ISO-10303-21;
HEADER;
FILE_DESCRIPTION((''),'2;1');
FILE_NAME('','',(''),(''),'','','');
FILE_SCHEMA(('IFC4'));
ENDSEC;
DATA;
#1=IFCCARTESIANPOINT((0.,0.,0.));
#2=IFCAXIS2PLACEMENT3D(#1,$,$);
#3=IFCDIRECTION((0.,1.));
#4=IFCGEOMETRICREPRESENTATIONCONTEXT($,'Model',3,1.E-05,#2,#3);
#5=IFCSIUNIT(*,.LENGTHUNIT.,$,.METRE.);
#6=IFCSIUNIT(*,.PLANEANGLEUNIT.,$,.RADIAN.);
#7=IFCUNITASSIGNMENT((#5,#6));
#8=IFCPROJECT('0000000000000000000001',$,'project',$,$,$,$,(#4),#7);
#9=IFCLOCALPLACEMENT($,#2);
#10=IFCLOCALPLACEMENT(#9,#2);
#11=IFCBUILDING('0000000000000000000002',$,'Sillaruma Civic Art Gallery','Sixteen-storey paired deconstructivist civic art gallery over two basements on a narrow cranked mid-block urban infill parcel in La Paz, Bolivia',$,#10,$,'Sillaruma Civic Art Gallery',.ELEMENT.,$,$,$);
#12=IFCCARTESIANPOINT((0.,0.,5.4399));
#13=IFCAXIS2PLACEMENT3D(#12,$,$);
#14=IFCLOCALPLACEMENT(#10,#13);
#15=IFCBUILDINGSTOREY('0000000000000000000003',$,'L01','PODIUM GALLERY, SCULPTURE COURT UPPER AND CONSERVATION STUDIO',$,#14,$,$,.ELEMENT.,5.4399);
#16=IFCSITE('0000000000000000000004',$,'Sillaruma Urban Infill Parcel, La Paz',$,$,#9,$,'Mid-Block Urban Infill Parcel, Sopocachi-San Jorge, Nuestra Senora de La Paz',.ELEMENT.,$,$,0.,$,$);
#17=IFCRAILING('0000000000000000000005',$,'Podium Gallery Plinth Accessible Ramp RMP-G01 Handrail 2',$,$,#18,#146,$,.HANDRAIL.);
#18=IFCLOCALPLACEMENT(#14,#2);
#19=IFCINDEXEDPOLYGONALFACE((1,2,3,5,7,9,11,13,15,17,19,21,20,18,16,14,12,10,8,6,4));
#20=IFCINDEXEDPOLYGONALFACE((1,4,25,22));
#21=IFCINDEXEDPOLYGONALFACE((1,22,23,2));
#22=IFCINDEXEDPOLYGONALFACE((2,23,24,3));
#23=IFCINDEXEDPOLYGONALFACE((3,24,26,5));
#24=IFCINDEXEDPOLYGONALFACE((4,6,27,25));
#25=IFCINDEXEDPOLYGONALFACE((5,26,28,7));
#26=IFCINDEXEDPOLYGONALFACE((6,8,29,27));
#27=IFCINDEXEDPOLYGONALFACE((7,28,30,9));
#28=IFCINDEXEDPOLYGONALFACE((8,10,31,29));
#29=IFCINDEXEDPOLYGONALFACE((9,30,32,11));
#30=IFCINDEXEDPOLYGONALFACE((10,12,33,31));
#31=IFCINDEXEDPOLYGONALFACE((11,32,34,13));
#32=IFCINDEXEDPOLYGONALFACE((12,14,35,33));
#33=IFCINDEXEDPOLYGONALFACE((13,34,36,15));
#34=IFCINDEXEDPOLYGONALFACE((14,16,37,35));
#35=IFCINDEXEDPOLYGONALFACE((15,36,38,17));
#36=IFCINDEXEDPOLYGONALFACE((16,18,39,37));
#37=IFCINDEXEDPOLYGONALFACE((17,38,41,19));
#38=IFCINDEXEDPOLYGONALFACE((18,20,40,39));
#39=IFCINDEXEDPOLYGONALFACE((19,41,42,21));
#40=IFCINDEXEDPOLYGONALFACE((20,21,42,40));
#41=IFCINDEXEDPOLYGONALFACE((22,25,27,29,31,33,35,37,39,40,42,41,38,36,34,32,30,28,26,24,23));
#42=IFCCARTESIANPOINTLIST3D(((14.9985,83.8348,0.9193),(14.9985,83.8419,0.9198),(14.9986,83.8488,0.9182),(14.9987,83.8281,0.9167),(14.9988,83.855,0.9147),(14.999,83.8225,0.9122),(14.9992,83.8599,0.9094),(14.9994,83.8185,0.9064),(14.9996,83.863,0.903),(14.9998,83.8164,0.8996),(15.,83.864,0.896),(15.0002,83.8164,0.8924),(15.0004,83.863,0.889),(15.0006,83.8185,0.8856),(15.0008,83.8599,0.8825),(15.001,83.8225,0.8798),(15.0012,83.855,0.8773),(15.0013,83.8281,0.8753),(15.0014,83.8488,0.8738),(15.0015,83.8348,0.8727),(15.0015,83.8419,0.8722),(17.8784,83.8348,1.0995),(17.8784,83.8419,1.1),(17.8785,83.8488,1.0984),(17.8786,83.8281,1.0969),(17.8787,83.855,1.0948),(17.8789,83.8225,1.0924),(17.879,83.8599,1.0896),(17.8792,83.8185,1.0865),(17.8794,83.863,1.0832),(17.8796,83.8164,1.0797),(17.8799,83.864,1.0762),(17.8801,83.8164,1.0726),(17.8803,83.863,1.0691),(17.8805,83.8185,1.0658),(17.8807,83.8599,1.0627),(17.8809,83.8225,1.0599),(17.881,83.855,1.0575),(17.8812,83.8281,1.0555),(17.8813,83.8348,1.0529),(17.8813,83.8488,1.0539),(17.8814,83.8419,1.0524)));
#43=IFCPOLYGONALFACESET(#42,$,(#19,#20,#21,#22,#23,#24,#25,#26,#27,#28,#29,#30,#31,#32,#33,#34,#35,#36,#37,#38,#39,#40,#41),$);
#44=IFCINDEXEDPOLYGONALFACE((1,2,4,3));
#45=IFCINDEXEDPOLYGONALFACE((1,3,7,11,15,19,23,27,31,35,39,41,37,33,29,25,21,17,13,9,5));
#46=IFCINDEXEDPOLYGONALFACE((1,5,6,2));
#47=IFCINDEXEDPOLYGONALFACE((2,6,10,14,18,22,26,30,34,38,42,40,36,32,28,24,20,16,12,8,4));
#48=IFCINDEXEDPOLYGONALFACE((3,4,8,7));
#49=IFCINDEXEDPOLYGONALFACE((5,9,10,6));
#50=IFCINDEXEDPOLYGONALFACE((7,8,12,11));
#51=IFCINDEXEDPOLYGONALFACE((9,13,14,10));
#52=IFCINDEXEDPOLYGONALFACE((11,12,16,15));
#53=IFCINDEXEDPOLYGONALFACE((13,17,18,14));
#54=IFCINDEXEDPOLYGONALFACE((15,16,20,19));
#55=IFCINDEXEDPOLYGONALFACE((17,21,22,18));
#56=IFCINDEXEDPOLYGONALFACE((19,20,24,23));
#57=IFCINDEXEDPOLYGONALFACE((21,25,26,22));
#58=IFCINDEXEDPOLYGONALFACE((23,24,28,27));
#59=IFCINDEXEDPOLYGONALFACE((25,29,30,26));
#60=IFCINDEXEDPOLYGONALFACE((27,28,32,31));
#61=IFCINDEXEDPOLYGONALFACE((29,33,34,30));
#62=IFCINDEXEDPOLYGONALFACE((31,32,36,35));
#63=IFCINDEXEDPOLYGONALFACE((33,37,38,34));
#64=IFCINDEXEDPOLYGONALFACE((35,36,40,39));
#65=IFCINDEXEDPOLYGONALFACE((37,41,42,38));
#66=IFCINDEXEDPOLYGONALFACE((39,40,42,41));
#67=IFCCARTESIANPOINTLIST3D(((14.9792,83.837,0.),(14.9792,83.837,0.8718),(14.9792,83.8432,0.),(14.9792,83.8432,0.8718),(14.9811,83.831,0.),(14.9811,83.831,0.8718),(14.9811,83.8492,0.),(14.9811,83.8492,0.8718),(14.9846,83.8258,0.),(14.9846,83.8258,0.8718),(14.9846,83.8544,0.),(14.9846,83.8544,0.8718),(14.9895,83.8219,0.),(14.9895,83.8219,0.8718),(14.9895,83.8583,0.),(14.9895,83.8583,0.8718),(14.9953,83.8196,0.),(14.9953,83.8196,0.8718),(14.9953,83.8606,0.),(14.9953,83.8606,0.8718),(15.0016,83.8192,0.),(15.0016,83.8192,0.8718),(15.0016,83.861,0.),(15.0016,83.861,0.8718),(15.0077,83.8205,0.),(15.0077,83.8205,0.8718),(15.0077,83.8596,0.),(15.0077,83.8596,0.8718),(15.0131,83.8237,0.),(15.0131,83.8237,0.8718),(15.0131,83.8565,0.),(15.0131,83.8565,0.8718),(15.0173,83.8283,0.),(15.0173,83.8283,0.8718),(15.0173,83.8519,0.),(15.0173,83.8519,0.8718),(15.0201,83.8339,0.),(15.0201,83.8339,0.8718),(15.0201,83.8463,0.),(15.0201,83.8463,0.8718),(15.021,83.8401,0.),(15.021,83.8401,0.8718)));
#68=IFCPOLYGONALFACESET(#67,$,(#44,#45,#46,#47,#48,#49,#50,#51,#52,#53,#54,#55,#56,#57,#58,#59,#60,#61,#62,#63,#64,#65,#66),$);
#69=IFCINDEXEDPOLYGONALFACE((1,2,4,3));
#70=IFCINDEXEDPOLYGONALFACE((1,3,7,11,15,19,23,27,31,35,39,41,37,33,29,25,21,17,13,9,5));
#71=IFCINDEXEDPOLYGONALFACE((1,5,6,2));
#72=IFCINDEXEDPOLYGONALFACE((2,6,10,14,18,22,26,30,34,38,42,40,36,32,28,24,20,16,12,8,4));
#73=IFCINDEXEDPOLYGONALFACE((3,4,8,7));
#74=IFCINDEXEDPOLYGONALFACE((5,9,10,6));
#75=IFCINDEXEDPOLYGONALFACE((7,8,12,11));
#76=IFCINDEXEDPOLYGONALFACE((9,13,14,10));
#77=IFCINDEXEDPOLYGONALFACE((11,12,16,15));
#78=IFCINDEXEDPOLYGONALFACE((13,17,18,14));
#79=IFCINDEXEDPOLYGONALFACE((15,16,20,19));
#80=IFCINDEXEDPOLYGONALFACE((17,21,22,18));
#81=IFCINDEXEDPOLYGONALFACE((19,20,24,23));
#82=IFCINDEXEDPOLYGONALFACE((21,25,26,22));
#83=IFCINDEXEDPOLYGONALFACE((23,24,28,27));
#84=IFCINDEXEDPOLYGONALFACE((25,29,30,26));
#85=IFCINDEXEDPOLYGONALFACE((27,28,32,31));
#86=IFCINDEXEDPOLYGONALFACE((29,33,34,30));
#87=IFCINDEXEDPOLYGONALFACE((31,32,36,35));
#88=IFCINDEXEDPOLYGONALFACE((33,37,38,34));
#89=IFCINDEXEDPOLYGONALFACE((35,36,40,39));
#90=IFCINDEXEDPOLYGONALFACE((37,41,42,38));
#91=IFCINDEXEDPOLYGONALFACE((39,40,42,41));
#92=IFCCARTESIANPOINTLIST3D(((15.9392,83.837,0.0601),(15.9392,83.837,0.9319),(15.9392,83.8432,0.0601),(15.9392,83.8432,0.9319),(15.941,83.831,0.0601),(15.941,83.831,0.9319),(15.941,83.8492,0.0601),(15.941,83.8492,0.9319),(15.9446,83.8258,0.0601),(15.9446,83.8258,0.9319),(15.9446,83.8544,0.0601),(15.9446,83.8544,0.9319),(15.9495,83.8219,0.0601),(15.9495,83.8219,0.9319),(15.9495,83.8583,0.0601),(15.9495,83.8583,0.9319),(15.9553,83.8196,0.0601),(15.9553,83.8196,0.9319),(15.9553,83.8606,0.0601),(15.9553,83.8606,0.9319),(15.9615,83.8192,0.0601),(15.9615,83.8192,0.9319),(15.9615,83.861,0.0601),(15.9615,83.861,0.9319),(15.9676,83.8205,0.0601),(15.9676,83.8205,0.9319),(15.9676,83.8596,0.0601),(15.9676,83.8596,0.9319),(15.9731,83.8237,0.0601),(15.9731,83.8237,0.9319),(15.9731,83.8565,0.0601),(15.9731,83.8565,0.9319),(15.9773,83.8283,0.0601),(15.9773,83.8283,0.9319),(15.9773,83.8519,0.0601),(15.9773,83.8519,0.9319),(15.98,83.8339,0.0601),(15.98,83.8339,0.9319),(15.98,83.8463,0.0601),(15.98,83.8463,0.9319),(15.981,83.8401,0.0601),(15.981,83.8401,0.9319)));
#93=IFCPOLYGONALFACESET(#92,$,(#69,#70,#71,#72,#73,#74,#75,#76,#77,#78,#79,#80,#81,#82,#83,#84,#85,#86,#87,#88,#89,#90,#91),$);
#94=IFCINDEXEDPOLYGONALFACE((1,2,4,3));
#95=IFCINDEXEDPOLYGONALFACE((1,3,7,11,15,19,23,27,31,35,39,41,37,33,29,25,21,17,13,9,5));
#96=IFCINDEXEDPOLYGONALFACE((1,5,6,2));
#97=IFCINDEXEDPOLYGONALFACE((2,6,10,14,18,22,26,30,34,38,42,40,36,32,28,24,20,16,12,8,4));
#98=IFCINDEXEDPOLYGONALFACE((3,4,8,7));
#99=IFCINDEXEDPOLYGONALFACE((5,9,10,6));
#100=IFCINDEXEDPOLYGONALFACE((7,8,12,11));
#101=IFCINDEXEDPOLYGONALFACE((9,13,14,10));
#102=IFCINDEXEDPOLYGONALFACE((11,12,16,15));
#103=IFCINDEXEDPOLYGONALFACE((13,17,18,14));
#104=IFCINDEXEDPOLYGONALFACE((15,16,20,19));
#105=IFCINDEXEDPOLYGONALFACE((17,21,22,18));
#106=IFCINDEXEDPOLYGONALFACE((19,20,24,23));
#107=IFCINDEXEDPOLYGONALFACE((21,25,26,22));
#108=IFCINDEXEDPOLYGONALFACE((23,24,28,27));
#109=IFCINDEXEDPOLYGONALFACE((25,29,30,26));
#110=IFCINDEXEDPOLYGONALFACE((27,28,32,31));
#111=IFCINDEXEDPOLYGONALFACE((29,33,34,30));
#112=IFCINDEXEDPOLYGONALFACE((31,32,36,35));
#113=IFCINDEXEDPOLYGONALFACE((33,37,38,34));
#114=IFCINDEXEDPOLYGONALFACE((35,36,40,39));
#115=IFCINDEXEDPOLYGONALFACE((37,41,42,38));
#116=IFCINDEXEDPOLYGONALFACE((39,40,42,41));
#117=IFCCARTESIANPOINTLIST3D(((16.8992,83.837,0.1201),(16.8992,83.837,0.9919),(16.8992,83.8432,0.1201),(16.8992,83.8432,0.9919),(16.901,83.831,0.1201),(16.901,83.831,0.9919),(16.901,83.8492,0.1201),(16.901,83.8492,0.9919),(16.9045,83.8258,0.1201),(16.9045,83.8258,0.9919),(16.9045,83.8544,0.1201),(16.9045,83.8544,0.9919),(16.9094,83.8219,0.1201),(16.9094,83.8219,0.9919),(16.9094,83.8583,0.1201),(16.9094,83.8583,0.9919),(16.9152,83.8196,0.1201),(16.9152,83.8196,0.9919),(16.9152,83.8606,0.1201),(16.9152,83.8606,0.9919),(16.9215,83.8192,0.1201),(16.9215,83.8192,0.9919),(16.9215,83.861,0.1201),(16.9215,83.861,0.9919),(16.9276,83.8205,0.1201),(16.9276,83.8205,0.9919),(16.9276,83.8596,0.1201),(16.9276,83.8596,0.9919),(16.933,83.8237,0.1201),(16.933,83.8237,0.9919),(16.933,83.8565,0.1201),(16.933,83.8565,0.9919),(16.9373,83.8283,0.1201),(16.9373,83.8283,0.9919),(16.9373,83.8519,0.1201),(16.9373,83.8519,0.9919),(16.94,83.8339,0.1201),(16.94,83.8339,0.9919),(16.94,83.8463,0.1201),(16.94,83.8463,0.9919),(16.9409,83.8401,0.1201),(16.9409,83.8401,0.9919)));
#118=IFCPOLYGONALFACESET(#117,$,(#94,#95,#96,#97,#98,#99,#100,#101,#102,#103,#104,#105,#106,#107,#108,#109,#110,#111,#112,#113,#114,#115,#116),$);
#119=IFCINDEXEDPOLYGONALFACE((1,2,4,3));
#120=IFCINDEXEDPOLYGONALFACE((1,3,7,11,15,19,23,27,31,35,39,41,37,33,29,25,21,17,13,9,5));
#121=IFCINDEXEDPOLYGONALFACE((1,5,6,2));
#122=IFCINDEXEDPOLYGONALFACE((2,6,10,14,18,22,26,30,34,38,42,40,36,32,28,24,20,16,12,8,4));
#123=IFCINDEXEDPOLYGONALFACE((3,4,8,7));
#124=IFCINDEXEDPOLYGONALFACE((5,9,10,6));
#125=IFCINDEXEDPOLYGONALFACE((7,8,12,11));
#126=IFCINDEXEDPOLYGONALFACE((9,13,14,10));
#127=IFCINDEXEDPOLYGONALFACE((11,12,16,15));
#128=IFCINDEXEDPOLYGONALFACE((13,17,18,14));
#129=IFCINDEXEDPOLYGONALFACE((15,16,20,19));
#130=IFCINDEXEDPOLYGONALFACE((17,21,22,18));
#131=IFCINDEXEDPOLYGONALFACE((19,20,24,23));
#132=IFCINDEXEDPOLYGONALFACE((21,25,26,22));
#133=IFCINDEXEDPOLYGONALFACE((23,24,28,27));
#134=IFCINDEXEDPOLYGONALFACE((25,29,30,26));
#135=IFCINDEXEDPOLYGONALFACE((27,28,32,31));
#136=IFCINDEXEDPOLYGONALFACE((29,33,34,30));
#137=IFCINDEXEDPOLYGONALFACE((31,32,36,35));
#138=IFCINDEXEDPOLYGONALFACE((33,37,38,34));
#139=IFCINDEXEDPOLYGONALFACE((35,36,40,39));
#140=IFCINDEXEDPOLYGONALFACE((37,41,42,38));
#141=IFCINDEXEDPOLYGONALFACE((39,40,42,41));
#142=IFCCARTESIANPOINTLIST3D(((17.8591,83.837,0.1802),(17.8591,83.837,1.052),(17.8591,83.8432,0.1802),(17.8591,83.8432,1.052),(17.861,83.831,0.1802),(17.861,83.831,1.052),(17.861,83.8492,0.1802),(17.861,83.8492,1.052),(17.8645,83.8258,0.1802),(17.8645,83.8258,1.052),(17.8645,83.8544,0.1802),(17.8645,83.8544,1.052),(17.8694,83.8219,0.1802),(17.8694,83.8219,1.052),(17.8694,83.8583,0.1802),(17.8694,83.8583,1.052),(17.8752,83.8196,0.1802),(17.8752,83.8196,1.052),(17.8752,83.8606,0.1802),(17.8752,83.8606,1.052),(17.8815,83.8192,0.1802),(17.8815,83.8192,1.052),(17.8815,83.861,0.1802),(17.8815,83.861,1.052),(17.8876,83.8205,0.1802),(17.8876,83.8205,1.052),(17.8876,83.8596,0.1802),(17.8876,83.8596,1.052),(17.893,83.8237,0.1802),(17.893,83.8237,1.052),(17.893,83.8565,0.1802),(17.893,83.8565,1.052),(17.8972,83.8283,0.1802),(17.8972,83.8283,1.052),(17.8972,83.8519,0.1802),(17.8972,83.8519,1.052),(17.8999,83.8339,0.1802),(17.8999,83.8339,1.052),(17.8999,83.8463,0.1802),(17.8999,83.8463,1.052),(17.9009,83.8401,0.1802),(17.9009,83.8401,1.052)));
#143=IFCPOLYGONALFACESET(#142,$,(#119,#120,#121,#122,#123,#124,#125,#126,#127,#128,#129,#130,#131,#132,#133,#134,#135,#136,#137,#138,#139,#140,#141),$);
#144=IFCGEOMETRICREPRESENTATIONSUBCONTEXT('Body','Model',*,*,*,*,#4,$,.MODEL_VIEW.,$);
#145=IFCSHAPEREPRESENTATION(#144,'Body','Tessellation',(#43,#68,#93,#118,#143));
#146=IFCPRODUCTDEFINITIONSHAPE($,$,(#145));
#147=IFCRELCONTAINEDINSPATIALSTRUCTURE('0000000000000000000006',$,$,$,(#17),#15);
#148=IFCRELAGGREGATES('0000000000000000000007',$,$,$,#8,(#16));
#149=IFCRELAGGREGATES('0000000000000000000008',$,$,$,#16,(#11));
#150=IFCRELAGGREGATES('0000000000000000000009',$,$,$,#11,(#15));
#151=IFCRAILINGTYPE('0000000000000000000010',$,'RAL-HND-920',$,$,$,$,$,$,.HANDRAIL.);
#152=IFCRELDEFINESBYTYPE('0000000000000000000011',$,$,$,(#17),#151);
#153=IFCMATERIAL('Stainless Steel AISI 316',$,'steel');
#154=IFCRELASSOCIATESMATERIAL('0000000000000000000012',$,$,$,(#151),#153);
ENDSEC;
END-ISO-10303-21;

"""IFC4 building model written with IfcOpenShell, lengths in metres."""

from ifc_helpers import new_model, si_unit, direction, frame, origin, origin_2d, place, context, subcontext, project, spatial, circle, extrude, material, type_object, element, save


model = new_model("IFC4")

# Units and contexts
model_context = context("Model", 3, precision=1e-05, world=origin(), true_north=direction((0.0, 1.0)))
body_context = subcontext(model_context, "Body", "Model", "MODEL_VIEW")
ifc_project = project(units=[si_unit("LENGTHUNIT", "METRE"), si_unit("PLANEANGLEUNIT", "RADIAN")], contexts=[model_context])

# Site, building, storey
site_placement = place(None, origin())
site = spatial("IfcSite", under=ifc_project, at=site_placement, Name="Sillaruma Urban Infill Parcel, La Paz", LongName="Mid-Block Urban Infill Parcel, Sopocachi-San Jorge, Nuestra Senora de La Paz", CompositionType="ELEMENT", RefElevation=0.0)
building_placement = place(site_placement, origin())
building = spatial("IfcBuilding", under=site, at=building_placement, Name="Sillaruma Civic Art Gallery", Description="Sixteen-storey paired deconstructivist civic art gallery over two basements on a narrow cranked mid-block urban infill parcel in La Paz, Bolivia", LongName="Sillaruma Civic Art Gallery", CompositionType="ELEMENT")
storey_placement = place(building_placement, frame((0.0, 0.0, 5.4399)))
storey = spatial("IfcBuildingStorey", under=building, at=storey_placement, Name="L01", Description="PODIUM GALLERY, SCULPTURE COURT UPPER AND CONSERVATION STUDIO", CompositionType="ELEMENT", Elevation=5.4399)

# Railing
ifc_material_1 = material(Name="Stainless Steel AISI 316", Category="steel")
railing_type = type_object("IfcRailingType", Name="RAL-HND-920", PredefinedType="HANDRAIL", material=ifc_material_1)
for number, where, name in (
    (1, (15.0, 83.8401, 0.0), "Podium Gallery Plinth Accessible Ramp RMP-G01 Handrail 2"),
):
    element("IfcRailing", number, at=place(storey_placement, frame(where)), inside=storey, type_object=railing_type, Name=name, PredefinedType="HANDRAIL", context=body_context, shape_type="SweptSolid", body=[
        extrude(circle(Radius=0.0239, at=origin_2d()), frame((0.0, 0.0, 0.896), z_axis=(0.998049, 0.0, 0.062441), x_axis=(0.0, 1.0, 0.0)), (0.0, 0.0, 1.0), 2.8855),
        extrude(circle(Radius=0.021, at=origin_2d()), origin(), (0.0, 0.0, 1.0), 0.8718),
        extrude(circle(Radius=0.021, at=origin_2d()), frame((0.96, 0.0, 0.0601)), (0.0, 0.0, 1.0), 0.8718),
        extrude(circle(Radius=0.021, at=origin_2d()), frame((1.9199, 0.0, 0.1201)), (0.0, 0.0, 1.0), 0.8718),
        extrude(circle(Radius=0.021, at=origin_2d()), frame((2.8799, 0.0, 0.1802)), (0.0, 0.0, 1.0), 0.8718),
    ])

save(model, "model.ifc")
